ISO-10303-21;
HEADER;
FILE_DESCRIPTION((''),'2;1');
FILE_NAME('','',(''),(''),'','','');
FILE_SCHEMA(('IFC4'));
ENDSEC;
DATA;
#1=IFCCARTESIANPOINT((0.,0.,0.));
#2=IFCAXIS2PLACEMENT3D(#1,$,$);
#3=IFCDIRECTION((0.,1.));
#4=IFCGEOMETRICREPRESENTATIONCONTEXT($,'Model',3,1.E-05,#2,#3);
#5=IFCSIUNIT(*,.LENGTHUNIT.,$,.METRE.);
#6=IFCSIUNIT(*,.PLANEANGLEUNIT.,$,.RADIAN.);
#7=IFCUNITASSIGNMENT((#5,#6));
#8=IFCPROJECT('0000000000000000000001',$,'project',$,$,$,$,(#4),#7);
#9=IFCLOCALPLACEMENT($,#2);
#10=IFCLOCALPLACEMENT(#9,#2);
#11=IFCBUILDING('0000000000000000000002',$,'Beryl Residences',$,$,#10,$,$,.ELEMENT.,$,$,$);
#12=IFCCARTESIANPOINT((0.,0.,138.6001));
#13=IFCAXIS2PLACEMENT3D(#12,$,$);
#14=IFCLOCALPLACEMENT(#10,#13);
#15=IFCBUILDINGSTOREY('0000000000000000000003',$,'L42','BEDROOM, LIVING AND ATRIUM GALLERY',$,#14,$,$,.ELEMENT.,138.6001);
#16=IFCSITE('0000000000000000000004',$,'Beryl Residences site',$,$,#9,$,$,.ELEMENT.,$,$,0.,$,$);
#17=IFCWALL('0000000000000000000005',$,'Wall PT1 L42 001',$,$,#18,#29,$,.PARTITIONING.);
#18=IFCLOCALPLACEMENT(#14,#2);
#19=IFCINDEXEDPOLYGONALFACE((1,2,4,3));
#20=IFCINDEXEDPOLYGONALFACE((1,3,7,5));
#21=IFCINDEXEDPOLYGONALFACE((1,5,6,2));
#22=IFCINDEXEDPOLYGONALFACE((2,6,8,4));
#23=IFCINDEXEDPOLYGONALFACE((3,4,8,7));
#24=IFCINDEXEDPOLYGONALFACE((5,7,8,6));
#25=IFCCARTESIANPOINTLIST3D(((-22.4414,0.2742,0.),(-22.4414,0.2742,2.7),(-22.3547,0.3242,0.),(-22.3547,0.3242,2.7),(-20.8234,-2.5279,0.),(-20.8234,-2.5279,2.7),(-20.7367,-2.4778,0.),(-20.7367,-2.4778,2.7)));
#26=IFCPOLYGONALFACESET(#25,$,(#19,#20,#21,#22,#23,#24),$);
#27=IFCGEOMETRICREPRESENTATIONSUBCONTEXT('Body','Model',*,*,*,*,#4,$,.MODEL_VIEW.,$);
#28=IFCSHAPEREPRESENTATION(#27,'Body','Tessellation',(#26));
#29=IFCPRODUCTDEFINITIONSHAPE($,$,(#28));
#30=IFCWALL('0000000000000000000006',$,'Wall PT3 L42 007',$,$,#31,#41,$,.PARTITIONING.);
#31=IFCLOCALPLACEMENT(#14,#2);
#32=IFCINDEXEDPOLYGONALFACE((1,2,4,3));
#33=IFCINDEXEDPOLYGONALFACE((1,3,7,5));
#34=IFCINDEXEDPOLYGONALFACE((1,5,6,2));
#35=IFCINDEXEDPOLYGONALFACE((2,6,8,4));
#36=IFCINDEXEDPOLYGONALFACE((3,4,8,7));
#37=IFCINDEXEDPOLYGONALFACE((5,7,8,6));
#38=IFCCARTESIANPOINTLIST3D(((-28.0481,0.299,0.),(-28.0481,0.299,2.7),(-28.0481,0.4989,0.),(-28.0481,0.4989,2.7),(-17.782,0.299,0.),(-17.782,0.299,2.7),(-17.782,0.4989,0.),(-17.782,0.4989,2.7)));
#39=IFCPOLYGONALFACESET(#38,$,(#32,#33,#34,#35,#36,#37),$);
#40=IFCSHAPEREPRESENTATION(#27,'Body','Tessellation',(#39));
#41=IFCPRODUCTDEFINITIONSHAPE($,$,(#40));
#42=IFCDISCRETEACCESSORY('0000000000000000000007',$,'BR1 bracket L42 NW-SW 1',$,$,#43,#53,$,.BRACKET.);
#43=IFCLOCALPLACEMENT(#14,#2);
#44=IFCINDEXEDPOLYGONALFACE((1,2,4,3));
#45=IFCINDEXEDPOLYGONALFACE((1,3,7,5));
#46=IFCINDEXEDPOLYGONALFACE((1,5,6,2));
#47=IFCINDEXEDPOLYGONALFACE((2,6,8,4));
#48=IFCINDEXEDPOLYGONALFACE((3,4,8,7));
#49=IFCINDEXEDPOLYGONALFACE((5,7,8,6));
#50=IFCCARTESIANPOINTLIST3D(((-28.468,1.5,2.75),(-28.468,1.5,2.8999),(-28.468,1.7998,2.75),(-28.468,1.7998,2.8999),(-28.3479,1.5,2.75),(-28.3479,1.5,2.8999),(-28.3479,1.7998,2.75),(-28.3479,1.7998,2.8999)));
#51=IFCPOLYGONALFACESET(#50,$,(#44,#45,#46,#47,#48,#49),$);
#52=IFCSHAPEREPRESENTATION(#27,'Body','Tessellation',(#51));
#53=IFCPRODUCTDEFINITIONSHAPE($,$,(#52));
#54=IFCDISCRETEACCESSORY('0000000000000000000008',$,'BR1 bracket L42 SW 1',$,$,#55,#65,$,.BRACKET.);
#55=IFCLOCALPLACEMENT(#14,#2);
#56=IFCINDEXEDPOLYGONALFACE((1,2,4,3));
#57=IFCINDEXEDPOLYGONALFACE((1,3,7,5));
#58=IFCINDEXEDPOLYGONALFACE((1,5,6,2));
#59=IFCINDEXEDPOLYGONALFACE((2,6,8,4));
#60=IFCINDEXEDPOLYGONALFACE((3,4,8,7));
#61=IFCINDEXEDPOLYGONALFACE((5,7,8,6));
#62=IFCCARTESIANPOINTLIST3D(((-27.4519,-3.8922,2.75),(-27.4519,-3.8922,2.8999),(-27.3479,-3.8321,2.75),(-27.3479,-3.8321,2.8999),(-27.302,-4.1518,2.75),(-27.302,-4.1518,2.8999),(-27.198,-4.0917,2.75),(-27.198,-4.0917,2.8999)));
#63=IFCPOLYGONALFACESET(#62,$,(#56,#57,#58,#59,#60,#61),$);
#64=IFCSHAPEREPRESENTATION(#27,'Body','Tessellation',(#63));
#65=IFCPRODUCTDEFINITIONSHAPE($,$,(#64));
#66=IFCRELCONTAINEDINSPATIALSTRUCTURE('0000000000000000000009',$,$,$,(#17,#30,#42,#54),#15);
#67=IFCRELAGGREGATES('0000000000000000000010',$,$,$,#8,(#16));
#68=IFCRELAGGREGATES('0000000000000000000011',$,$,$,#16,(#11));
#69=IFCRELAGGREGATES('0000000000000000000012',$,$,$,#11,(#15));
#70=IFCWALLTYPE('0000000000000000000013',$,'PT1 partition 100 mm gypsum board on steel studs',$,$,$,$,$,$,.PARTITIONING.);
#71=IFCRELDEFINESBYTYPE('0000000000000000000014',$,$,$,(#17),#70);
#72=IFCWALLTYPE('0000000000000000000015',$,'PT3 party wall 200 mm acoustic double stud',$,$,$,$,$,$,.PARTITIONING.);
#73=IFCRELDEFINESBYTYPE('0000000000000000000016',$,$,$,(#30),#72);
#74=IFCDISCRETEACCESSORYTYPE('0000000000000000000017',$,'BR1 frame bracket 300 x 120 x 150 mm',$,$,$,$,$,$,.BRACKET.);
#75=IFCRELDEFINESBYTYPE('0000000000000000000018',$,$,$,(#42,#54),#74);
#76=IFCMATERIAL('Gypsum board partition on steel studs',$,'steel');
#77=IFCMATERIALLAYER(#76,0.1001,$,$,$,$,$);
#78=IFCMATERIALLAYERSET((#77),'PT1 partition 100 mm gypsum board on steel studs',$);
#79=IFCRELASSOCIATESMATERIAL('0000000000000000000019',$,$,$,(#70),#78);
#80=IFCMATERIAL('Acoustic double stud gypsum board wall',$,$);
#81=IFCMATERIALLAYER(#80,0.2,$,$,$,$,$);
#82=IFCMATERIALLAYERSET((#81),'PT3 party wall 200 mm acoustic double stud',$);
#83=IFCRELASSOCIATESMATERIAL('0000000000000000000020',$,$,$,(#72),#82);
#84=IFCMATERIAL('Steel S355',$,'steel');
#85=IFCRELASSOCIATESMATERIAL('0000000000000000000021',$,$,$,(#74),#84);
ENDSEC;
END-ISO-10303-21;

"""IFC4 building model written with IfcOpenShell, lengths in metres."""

from ifc_helpers import new_model, si_unit, direction, frame, frame_2d, origin, place, context, subcontext, project, spatial, polyline, rectangle, outline, extrude, source, transform, mapped, material, layer, layer_set, type_object, type_shapes, element, save


model = new_model("IFC4")

# Units and contexts
model_context = context("Model", 3, precision=1e-05, world=origin(), true_north=direction((0.0, 1.0)))
body_context = subcontext(model_context, "Body", "Model", "MODEL_VIEW")
ifc_project = project(units=[si_unit("LENGTHUNIT", "METRE"), si_unit("PLANEANGLEUNIT", "RADIAN")], contexts=[model_context])

# Site, building, storey
site_placement = place(None, origin())
site = spatial("IfcSite", under=ifc_project, at=site_placement, Name="Beryl Residences site", CompositionType="ELEMENT", RefElevation=0.0)
building_placement = place(site_placement, origin())
building = spatial("IfcBuilding", under=site, at=building_placement, Name="Beryl Residences", CompositionType="ELEMENT")
storey_placement = place(building_placement, frame((0.0, 0.0, 138.6001)))
storey = spatial("IfcBuildingStorey", under=building, at=storey_placement, Name="L42", Description="BEDROOM, LIVING AND ATRIUM GALLERY", CompositionType="ELEMENT", Elevation=138.6001)

# Walls
ifc_material_1 = material(Name="Gypsum board partition on steel studs", Category="steel")
ifc_layer_1 = layer(ifc_material_1, 0.1001)
ifc_layer_set_1 = layer_set([ifc_layer_1], Name="PT1 partition 100 mm gypsum board on steel studs")
wall_type_1 = type_object("IfcWallType", Name="PT1 partition 100 mm gypsum board on steel studs", PredefinedType="PARTITIONING", material=ifc_layer_set_1)
wall_1_placement = place(storey_placement, frame((-22.3979, 0.2991, 0.0), z_axis=(0.0, 0.0, 1.0), x_axis=(0.500042, -0.866001, 0.0)))
element("IfcWall", 1, at=wall_1_placement, inside=storey, type_object=wall_type_1, Name="Wall PT1 L42 001", PredefinedType="PARTITIONING", context=body_context, shape_type="SweptSolid", body=[
    extrude(rectangle(XDim=3.2356, YDim=0.1001, at=frame_2d((1.6177, 0.0))), origin(), (0.0, 0.0, 1.0), 2.7),
])
ifc_material_2 = material(Name="Acoustic double stud gypsum board wall")
ifc_layer_2 = layer(ifc_material_2, 0.2)
ifc_layer_set_2 = layer_set([ifc_layer_2], Name="PT3 party wall 200 mm acoustic double stud")
wall_type_2 = type_object("IfcWallType", Name="PT3 party wall 200 mm acoustic double stud", PredefinedType="PARTITIONING", material=ifc_layer_set_2)
wall_2_placement = place(storey_placement, frame((-28.0481, 0.3989, 0.0), z_axis=(0.0, 0.0, 1.0), x_axis=(1.0, 0.0, 0.0)))
element("IfcWall", 2, at=wall_2_placement, inside=storey, type_object=wall_type_2, Name="Wall PT3 L42 007", PredefinedType="PARTITIONING", context=body_context, shape_type="SweptSolid", body=[
    extrude(rectangle(XDim=10.2661, YDim=0.2, at=frame_2d((5.1331, 0.0))), origin(), (0.0, 0.0, 1.0), 2.7),
])

# Discrete accessories
ifc_material_3 = material(Name="Steel S355", Category="steel")
discrete_accessory_type = type_object("IfcDiscreteAccessoryType", Name="BR1 frame bracket 300 x 120 x 150 mm", PredefinedType="BRACKET", material=ifc_material_3)
shared_shape_1 = source(origin(), body_context, "Body", "SweptSolid", [
    extrude(outline(polyline([(-0.1499, 0.0), (0.1499, 0.0), (0.1499, 0.1201), (-0.1499, 0.1201), (-0.1499, 0.0)])), origin(), (0.0, 0.0, 1.0), 0.1499),
])
type_shapes(discrete_accessory_type, [shared_shape_1])
for number, where, z_axis, x_axis, name in (
    (3, (-28.3479, 1.6499, 2.75), (0.0, 0.0, 1.0), (0.0, 1.0, 0.0), "BR1 bracket L42 NW-SW 1"),
    (4, (-27.2729, -3.9619, 2.75), (0.0, 0.0, 1.0), (-0.5, 0.866025, 0.0), "BR1 bracket L42 SW 1"),
):
    element("IfcDiscreteAccessory", number, at=place(storey_placement, frame(where, z_axis=z_axis, x_axis=x_axis)), inside=storey, type_object=discrete_accessory_type, Name=name, PredefinedType="BRACKET", context=body_context, shape_type="MappedRepresentation", body=[
        mapped(shared_shape_1, transform((0.0, 0.0, 0.0))),
    ])

save(model, "model.ifc")
